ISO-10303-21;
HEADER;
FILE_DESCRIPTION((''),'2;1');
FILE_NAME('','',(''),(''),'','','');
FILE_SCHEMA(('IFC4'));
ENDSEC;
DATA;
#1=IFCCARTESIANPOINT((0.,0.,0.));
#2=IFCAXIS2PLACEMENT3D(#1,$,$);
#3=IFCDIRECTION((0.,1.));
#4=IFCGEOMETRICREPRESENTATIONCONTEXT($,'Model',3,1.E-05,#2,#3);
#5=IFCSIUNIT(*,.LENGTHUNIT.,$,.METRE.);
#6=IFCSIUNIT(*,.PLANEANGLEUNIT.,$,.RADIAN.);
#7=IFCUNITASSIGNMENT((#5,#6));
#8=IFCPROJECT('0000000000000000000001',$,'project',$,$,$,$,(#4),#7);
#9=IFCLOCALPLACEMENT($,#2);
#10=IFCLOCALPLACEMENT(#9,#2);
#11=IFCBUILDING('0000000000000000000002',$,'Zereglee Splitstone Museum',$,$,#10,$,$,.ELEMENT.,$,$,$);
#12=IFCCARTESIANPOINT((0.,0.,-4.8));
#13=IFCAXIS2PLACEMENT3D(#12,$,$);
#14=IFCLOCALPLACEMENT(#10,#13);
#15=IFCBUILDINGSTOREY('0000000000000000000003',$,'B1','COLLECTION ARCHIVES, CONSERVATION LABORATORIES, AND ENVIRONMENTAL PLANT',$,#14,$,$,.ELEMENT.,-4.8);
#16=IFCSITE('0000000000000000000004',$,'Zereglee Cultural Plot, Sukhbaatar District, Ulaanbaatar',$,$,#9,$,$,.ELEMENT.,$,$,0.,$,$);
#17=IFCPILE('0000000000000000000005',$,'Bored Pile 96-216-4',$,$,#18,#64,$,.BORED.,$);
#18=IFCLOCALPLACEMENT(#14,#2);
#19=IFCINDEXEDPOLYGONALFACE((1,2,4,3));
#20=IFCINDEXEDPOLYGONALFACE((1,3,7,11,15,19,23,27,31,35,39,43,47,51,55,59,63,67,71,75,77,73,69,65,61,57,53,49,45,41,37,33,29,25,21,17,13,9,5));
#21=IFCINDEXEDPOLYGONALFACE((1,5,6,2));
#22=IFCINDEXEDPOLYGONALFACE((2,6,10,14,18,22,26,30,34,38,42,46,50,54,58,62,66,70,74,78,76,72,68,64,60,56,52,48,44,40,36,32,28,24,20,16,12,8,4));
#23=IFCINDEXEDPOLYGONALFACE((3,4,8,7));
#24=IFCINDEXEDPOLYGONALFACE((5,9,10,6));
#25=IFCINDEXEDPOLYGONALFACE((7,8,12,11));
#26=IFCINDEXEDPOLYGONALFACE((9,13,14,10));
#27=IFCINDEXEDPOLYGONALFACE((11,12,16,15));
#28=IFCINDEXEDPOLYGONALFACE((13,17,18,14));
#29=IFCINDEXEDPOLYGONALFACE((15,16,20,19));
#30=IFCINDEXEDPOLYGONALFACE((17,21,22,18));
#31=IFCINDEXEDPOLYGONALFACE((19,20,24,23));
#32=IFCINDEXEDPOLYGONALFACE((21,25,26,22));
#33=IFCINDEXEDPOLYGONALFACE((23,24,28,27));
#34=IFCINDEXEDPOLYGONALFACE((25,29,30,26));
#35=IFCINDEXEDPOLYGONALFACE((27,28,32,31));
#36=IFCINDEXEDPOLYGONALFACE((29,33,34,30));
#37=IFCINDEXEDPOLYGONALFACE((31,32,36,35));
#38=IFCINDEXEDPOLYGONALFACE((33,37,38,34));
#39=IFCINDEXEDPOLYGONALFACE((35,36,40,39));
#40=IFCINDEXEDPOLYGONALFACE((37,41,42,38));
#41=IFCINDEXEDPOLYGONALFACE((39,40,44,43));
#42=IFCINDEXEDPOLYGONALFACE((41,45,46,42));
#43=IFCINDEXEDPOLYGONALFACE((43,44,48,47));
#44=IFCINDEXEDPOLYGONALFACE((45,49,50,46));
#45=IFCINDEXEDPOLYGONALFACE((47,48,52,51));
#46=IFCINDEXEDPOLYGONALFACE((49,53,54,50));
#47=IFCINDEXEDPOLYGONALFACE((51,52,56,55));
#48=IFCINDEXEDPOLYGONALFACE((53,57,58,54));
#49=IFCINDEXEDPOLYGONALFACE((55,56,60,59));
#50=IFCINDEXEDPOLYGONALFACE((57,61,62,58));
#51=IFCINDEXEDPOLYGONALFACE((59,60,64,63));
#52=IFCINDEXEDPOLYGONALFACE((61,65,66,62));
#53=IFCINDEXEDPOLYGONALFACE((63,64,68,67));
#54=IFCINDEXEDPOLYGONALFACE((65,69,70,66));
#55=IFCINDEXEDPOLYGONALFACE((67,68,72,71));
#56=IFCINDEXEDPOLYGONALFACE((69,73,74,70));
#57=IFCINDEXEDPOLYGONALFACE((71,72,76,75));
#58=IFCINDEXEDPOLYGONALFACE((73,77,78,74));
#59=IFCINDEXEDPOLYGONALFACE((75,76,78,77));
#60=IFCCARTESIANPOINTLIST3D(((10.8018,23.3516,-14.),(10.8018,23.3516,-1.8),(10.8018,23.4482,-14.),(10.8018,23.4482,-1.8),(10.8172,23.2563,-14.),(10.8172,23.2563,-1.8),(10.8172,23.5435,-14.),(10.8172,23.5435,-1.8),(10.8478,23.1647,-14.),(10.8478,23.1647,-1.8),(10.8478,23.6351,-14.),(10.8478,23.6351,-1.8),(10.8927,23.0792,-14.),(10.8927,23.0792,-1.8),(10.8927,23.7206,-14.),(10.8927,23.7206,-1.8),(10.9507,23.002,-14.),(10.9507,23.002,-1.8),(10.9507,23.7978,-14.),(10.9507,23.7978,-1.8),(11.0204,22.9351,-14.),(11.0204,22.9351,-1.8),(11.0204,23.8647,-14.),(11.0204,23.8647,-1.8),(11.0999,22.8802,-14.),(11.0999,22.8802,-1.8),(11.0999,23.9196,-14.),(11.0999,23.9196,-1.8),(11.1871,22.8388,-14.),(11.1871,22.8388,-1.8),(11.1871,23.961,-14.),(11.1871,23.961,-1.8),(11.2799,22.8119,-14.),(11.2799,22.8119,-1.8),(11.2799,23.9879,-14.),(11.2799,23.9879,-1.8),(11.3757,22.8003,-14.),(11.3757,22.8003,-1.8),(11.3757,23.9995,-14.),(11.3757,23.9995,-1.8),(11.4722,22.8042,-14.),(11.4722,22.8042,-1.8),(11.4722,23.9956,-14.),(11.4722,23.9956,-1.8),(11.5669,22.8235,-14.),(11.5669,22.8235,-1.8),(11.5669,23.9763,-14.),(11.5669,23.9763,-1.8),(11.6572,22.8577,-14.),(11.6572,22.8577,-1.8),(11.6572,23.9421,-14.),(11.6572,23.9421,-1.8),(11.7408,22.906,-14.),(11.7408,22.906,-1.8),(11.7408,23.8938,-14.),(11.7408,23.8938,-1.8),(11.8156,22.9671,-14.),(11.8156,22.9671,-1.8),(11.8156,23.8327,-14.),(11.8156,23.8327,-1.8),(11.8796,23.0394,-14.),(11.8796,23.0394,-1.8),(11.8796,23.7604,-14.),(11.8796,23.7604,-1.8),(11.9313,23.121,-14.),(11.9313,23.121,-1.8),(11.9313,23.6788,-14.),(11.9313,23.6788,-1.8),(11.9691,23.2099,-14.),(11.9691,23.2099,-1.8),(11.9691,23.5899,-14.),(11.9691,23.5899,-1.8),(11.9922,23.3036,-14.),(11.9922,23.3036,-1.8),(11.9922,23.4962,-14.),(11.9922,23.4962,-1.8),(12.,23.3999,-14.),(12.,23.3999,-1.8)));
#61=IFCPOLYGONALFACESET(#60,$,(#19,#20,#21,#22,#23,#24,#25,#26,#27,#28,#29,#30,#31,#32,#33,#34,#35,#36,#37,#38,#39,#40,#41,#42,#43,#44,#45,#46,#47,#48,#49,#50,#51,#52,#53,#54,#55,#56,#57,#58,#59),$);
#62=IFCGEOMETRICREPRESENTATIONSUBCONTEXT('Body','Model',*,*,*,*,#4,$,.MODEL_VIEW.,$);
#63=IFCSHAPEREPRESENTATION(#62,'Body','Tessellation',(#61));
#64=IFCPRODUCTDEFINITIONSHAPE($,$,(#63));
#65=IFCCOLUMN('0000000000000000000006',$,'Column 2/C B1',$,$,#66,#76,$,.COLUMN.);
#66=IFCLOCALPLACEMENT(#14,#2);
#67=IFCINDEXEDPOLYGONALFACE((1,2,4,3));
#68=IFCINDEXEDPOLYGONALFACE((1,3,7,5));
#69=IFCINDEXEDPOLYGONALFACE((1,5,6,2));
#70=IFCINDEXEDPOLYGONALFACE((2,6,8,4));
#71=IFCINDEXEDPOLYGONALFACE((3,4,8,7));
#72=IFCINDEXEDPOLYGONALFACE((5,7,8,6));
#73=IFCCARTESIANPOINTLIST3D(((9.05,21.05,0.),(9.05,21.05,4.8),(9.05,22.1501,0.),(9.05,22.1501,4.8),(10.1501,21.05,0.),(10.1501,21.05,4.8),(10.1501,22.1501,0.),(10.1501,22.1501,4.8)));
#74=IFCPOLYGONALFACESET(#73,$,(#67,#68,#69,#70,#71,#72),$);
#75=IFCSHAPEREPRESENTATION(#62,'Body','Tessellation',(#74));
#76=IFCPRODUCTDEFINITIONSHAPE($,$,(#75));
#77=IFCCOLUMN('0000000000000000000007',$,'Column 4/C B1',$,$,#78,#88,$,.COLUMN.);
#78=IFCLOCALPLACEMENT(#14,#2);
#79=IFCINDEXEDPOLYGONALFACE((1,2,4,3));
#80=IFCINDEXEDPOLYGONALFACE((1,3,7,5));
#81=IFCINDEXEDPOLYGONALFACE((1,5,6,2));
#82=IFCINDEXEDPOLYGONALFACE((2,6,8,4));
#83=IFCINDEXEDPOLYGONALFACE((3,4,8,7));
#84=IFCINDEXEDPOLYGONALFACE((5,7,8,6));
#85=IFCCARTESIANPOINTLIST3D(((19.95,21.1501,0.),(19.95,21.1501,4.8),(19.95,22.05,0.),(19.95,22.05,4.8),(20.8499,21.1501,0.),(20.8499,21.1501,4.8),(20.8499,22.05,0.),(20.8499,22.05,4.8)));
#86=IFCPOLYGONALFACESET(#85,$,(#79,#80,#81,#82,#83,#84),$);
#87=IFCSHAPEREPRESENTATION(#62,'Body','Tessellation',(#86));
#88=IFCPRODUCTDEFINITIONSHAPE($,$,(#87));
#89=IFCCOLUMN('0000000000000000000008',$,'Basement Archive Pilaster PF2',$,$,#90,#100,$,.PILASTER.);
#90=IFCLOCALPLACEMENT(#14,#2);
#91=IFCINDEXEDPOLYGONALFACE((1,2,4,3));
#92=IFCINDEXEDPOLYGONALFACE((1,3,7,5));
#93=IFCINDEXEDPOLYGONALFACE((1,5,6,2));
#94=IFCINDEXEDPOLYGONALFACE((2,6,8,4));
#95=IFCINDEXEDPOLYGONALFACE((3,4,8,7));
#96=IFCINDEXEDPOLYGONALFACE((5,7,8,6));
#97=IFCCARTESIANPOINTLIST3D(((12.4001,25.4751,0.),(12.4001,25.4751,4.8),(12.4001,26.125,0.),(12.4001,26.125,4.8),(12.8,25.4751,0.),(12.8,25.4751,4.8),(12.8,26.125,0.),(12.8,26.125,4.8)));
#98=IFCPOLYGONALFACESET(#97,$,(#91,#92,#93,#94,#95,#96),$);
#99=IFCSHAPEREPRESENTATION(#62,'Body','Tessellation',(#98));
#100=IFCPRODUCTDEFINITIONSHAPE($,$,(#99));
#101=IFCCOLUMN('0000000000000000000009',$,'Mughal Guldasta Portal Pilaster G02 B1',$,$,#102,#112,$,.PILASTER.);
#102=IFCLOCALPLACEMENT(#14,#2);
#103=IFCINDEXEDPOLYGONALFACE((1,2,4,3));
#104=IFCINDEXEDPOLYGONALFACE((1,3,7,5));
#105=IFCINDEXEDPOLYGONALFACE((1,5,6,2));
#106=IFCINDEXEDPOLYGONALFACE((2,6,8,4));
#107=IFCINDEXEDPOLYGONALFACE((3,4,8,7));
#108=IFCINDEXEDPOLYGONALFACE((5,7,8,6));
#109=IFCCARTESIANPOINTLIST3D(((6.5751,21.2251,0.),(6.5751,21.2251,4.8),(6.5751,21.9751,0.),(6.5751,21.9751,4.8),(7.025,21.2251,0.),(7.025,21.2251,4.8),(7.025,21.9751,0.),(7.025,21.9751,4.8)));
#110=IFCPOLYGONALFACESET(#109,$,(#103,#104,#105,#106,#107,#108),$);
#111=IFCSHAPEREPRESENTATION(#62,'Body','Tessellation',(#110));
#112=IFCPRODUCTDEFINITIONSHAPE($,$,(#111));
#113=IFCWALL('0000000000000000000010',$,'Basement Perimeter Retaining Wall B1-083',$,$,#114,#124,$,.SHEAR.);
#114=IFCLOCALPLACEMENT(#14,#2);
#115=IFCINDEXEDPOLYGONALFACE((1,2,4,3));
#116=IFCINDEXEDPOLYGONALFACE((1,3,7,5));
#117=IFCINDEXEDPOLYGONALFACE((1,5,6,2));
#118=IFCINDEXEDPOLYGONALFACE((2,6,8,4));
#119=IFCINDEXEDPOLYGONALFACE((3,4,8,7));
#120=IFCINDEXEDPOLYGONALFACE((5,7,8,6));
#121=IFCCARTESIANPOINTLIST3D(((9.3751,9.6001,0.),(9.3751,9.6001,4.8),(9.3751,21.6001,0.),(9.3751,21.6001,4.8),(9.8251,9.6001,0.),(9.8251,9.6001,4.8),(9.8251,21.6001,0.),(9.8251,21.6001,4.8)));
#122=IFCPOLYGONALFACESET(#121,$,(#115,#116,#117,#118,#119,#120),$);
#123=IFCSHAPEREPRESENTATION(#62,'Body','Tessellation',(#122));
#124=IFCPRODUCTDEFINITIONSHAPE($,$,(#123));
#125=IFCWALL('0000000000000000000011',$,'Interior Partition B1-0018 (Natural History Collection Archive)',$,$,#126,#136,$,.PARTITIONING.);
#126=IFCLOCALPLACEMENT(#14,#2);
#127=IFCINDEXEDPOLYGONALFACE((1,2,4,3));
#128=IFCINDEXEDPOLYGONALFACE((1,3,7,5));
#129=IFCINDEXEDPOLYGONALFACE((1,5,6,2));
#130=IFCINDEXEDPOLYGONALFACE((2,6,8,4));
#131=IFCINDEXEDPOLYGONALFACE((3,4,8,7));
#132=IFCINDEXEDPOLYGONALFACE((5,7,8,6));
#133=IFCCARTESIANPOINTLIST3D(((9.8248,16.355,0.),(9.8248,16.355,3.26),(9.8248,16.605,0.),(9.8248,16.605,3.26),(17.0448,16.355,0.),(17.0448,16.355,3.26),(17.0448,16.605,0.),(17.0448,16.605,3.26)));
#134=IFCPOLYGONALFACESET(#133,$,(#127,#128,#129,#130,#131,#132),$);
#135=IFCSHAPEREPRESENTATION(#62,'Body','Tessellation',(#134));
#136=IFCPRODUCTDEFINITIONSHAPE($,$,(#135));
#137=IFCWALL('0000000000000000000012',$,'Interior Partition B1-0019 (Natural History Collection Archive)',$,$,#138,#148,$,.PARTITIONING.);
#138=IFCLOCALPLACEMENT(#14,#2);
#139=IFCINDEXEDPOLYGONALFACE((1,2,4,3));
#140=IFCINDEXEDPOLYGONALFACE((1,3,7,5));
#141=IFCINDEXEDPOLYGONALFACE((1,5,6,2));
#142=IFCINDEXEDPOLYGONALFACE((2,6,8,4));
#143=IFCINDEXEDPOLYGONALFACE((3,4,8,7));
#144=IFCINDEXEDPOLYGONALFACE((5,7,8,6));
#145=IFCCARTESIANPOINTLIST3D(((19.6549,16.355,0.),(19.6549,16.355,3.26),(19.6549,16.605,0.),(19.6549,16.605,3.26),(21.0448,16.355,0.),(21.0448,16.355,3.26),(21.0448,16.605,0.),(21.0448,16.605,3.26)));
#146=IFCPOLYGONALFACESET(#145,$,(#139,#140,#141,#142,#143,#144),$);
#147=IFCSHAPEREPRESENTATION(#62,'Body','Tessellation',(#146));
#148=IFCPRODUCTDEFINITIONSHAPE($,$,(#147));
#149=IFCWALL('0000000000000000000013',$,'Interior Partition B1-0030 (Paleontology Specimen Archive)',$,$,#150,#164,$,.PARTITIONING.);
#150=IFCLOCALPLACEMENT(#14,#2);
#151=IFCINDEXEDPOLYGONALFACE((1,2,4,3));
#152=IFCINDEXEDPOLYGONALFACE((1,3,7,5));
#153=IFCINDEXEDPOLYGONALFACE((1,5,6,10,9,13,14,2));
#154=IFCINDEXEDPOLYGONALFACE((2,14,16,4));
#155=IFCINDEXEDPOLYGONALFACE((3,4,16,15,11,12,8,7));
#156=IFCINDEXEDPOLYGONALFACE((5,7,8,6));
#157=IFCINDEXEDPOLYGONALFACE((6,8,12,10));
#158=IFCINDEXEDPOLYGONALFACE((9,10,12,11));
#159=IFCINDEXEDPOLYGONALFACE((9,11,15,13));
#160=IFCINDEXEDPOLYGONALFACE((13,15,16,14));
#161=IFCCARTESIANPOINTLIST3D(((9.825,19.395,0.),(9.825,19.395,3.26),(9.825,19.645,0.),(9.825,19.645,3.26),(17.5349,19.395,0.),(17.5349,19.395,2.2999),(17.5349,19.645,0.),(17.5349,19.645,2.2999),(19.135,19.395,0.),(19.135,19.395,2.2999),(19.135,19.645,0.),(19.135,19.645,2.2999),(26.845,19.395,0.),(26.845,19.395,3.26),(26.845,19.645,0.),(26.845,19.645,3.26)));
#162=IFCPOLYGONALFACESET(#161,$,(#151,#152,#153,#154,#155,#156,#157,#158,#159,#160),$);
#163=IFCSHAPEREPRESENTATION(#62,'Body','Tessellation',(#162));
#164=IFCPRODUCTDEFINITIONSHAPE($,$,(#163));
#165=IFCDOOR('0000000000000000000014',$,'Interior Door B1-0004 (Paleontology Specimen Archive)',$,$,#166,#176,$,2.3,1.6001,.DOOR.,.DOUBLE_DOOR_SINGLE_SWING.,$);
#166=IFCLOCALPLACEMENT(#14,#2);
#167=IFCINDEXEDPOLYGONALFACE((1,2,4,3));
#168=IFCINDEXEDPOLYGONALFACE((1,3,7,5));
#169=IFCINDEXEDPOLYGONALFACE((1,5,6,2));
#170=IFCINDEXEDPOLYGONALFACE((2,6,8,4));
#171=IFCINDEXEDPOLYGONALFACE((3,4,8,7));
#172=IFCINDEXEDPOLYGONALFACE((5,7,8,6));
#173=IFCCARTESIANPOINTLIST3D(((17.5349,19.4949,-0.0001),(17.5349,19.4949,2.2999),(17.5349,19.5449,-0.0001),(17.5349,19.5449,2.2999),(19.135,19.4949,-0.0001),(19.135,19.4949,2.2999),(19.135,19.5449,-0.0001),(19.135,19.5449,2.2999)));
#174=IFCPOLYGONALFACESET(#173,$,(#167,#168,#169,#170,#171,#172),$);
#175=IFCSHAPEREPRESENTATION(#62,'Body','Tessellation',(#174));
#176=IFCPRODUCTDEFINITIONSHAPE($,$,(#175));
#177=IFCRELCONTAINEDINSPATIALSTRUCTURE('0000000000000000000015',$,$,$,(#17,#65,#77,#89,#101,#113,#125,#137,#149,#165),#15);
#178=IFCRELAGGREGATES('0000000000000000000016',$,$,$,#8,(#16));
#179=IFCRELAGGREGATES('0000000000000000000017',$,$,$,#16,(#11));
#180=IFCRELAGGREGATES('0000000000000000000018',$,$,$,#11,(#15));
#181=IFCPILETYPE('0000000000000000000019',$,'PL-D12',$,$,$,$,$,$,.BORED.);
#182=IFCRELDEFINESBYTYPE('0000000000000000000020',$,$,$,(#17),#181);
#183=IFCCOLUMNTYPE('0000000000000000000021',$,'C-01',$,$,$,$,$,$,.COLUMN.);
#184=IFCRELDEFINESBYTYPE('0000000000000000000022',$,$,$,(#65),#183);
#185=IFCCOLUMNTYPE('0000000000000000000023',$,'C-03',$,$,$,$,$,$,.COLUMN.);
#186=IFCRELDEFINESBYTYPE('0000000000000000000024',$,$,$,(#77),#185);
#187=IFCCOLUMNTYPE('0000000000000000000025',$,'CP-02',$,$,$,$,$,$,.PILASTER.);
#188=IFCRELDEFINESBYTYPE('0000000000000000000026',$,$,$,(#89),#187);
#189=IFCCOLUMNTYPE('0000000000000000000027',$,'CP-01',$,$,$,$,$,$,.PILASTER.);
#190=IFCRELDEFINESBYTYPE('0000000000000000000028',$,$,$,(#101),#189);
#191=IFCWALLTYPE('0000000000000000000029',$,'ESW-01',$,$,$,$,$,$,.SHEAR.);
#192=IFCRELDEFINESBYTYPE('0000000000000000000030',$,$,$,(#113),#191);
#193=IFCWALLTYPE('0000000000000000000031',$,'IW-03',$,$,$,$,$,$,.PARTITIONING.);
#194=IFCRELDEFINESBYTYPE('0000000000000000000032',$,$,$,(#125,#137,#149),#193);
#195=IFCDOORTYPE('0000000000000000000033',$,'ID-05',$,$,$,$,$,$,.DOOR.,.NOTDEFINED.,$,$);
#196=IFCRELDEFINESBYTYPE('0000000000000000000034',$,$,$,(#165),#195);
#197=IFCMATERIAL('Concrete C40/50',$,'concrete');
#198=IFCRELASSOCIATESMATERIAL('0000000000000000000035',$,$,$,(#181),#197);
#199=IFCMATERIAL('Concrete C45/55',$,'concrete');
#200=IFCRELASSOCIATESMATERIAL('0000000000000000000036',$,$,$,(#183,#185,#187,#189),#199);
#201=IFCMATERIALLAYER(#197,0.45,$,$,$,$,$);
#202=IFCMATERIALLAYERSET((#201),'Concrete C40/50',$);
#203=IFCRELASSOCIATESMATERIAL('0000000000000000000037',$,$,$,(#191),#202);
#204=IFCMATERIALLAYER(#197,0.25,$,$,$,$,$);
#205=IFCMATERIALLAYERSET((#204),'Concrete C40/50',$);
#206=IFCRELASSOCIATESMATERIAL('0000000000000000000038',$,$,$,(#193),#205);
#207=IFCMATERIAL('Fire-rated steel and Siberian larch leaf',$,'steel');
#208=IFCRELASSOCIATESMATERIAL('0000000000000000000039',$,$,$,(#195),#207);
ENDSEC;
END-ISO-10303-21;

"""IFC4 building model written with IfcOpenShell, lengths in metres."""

from ifc_helpers import new_model, si_unit, direction, frame, frame_2d, origin, origin_2d, place, context, subcontext, project, spatial, rectangle, circle, extrude, material, layer, layer_set, material_profile, profile_set, type_object, element, fill, save


model = new_model("IFC4")

# Units and contexts
model_context = context("Model", 3, precision=1e-05, world=origin(), true_north=direction((0.0, 1.0)))
body_context = subcontext(model_context, "Body", "Model", "MODEL_VIEW")
ifc_project = project(units=[si_unit("LENGTHUNIT", "METRE"), si_unit("PLANEANGLEUNIT", "RADIAN")], contexts=[model_context])

# Site, building, storey
site_placement = place(None, origin())
site = spatial("IfcSite", under=ifc_project, at=site_placement, Name="Zereglee Cultural Plot, Sukhbaatar District, Ulaanbaatar", CompositionType="ELEMENT", RefElevation=0.0)
building_placement = place(site_placement, origin())
building = spatial("IfcBuilding", under=site, at=building_placement, Name="Zereglee Splitstone Museum", CompositionType="ELEMENT")
storey_placement = place(building_placement, frame((0.0, 0.0, -4.8)))
storey = spatial("IfcBuildingStorey", under=building, at=storey_placement, Name="B1", Description="COLLECTION ARCHIVES, CONSERVATION LABORATORIES, AND ENVIRONMENTAL PLANT", CompositionType="ELEMENT", Elevation=-4.8)

# Shared definitions
ifc_material_1 = material(Name="Concrete C40/50", Category="concrete")

# Pile
ifc_material_profile_1 = material_profile(ifc_material_1, circle(Radius=0.6001, at=origin_2d()), Name="PILE D1200")
ifc_profile_set_1 = profile_set([ifc_material_profile_1], Name="Concrete C40/50")
pile_type_1 = type_object("IfcPileType", Name="PL-D12", PredefinedType="BORED", material=ifc_profile_set_1)
for number, where, z_axis, x_axis, name in (
    (1, (11.3999, 23.3999, -1.8), (0.0, 0.0, -1.0), (1.0, 0.0, 0.0), "Bored Pile 96-216-4"),
):
    element("IfcPile", number, at=place(storey_placement, frame(where, z_axis=z_axis, x_axis=x_axis)), inside=storey, type_object=pile_type_1, Name=name, PredefinedType="BORED", context=body_context, shape_type="SweptSolid", body=[
        extrude(circle(Radius=0.6001, at=origin_2d()), origin(), (0.0, 0.0, 1.0), 12.2),
    ])

# Columns
ifc_material_2 = material(Name="Concrete C45/55", Category="concrete")
ifc_material_profile_2 = material_profile(ifc_material_2, rectangle(XDim=1.1001, YDim=1.1001, at=origin_2d()), Name="RC 1100x1100")
ifc_profile_set_2 = profile_set([ifc_material_profile_2], Name="Concrete C45/55")
column_type_1 = type_object("IfcColumnType", Name="C-01", PredefinedType="COLUMN", material=ifc_profile_set_2)
column_1_placement = place(storey_placement, frame((9.6001, 21.6001, 0.0), z_axis=(0.0, 0.0, 1.0), x_axis=(1.0, 0.0, 0.0)))
element("IfcColumn", 2, at=column_1_placement, inside=storey, type_object=column_type_1, Name="Column 2/C B1", PredefinedType="COLUMN", context=body_context, shape_type="SweptSolid", body=[
    extrude(rectangle(XDim=1.1001, YDim=1.1001, at=origin_2d()), origin(), (0.0, 0.0, 1.0), 4.8),
])
ifc_material_profile_3 = material_profile(ifc_material_2, rectangle(XDim=0.8999, YDim=0.8999, at=origin_2d()), Name="RC 900x900")
ifc_profile_set_3 = profile_set([ifc_material_profile_3], Name="Concrete C45/55")
column_type_2 = type_object("IfcColumnType", Name="C-03", PredefinedType="COLUMN", material=ifc_profile_set_3)
column_2_placement = place(storey_placement, frame((20.3999, 21.6001, 0.0), z_axis=(0.0, 0.0, 1.0), x_axis=(1.0, 0.0, 0.0)))
element("IfcColumn", 3, at=column_2_placement, inside=storey, type_object=column_type_2, Name="Column 4/C B1", PredefinedType="COLUMN", context=body_context, shape_type="SweptSolid", body=[
    extrude(rectangle(XDim=0.8999, YDim=0.8999, at=origin_2d()), origin(), (0.0, 0.0, 1.0), 4.8),
])
ifc_material_profile_4 = material_profile(ifc_material_2, rectangle(XDim=0.3999, YDim=0.6499, at=origin_2d()), Name="RC 400x650")
ifc_profile_set_4 = profile_set([ifc_material_profile_4], Name="Concrete C45/55")
column_type_3 = type_object("IfcColumnType", Name="CP-02", PredefinedType="PILASTER", material=ifc_profile_set_4)
column_3_placement = place(storey_placement, frame((12.6001, 25.8, 0.0), z_axis=(0.0, 0.0, 1.0), x_axis=(1.0, 0.0, 0.0)))
element("IfcColumn", 4, at=column_3_placement, inside=storey, type_object=column_type_3, Name="Basement Archive Pilaster PF2", PredefinedType="PILASTER", context=body_context, shape_type="SweptSolid", body=[
    extrude(rectangle(XDim=0.3999, YDim=0.6499, at=origin_2d()), origin(), (0.0, 0.0, 1.0), 4.8),
])
ifc_material_profile_5 = material_profile(ifc_material_2, rectangle(XDim=0.45, YDim=0.75, at=origin_2d()), Name="RC 450x750")
ifc_profile_set_5 = profile_set([ifc_material_profile_5], Name="Concrete C45/55")
column_type_4 = type_object("IfcColumnType", Name="CP-01", PredefinedType="PILASTER", material=ifc_profile_set_5)
column_4_placement = place(storey_placement, frame((6.8, 21.6001, 0.0), z_axis=(0.0, 0.0, 1.0), x_axis=(1.0, 0.0, 0.0)))
element("IfcColumn", 5, at=column_4_placement, inside=storey, type_object=column_type_4, Name="Mughal Guldasta Portal Pilaster G02 B1", PredefinedType="PILASTER", context=body_context, shape_type="SweptSolid", body=[
    extrude(rectangle(XDim=0.45, YDim=0.75, at=origin_2d()), origin(), (0.0, 0.0, 1.0), 4.8),
])

# Walls
ifc_layer_1 = layer(ifc_material_1, 0.45)
ifc_layer_set_1 = layer_set([ifc_layer_1], Name="Concrete C40/50")
wall_type_1 = type_object("IfcWallType", Name="ESW-01", PredefinedType="SHEAR", material=ifc_layer_set_1)
wall_1_placement = place(storey_placement, frame((9.6001, 21.6001, 0.0), z_axis=(0.0, 0.0, 1.0), x_axis=(0.0, -1.0, 0.0)))
element("IfcWall", 6, at=wall_1_placement, inside=storey, type_object=wall_type_1, Name="Basement Perimeter Retaining Wall B1-083", PredefinedType="SHEAR", context=body_context, shape_type="SweptSolid", body=[
    extrude(rectangle(XDim=12.0, YDim=0.45, at=frame_2d((6.0, 0.0))), origin(), (0.0, 0.0, 1.0), 4.8),
])
ifc_layer_2 = layer(ifc_material_1, 0.25)
ifc_layer_set_2 = layer_set([ifc_layer_2], Name="Concrete C40/50")
wall_type_2 = type_object("IfcWallType", Name="IW-03", PredefinedType="PARTITIONING", material=ifc_layer_set_2)
wall_2_placement = place(storey_placement, frame((9.825, 16.48, 0.0), z_axis=(0.0, 0.0, 1.0), x_axis=(1.0, 0.0, 0.0)))
element("IfcWall", 7, at=wall_2_placement, inside=storey, type_object=wall_type_2, Name="Interior Partition B1-0018 (Natural History Collection Archive)", PredefinedType="PARTITIONING", context=body_context, shape_type="SweptSolid", body=[
    extrude(rectangle(XDim=7.22, YDim=0.25, at=frame_2d((3.6099, 0.0))), origin(), (0.0, 0.0, 1.0), 3.26),
])
wall_3_placement = place(storey_placement, frame((19.655, 16.48, 0.0), z_axis=(0.0, 0.0, 1.0), x_axis=(1.0, 0.0, 0.0)))
element("IfcWall", 8, at=wall_3_placement, inside=storey, type_object=wall_type_2, Name="Interior Partition B1-0019 (Natural History Collection Archive)", PredefinedType="PARTITIONING", context=body_context, shape_type="SweptSolid", body=[
    extrude(rectangle(XDim=1.3899, YDim=0.25, at=frame_2d((0.6948, 0.0))), origin(), (0.0, 0.0, 1.0), 3.26),
])

# Wall, opening, door
wall_4_placement = place(storey_placement, frame((9.825, 19.52, 0.0), z_axis=(0.0, 0.0, 1.0), x_axis=(1.0, 0.0, 0.0)))
wall_4 = element("IfcWall", 9, at=wall_4_placement, inside=storey, type_object=wall_type_2, Name="Interior Partition B1-0030 (Paleontology Specimen Archive)", PredefinedType="PARTITIONING", context=body_context, shape_type="SweptSolid", body=[
    extrude(rectangle(XDim=17.02, YDim=0.25, at=frame_2d((8.51, 0.0))), origin(), (0.0, 0.0, 1.0), 3.26),
])
opening_placement = place(wall_4_placement, frame((7.71, 0.0, 0.0)))
opening = element("IfcOpeningElement", 10, at=opening_placement, cuts=wall_4, PredefinedType="OPENING", context=body_context, shape_type="SweptSolid", body=[
    extrude(rectangle(XDim=1.6001, YDim=2.3, at=frame_2d((0.8, 1.1499))), frame((0.0, 0.1399, 0.0), z_axis=(0.0, -1.0, 0.0), x_axis=(1.0, 0.0, 0.0)), (0.0, 0.0, 1.0), 0.2798),
])
ifc_material_3 = material(Name="Fire-rated steel and Siberian larch leaf", Category="steel")
door_type = type_object("IfcDoorType", Name="ID-05", OperationType="NOTDEFINED", PredefinedType="DOOR", material=ifc_material_3)
door_placement = place(opening_placement, origin())
door = element("IfcDoor", 11, at=door_placement, inside=storey, type_object=door_type, Name="Interior Door B1-0004 (Paleontology Specimen Archive)", OperationType="DOUBLE_DOOR_SINGLE_SWING", OverallHeight=2.3, OverallWidth=1.6001, PredefinedType="DOOR", context=body_context, shape_type="SweptSolid", body=[
    extrude(rectangle(XDim=1.6001, YDim=2.3, at=frame_2d((0.8, 1.1499))), frame((0.0, 0.0249, 0.0), z_axis=(0.0, -1.0, 0.0), x_axis=(1.0, 0.0, 0.0)), (0.0, 0.0, 1.0), 0.05),
])
fill(opening, door)

save(model, "model.ifc")
